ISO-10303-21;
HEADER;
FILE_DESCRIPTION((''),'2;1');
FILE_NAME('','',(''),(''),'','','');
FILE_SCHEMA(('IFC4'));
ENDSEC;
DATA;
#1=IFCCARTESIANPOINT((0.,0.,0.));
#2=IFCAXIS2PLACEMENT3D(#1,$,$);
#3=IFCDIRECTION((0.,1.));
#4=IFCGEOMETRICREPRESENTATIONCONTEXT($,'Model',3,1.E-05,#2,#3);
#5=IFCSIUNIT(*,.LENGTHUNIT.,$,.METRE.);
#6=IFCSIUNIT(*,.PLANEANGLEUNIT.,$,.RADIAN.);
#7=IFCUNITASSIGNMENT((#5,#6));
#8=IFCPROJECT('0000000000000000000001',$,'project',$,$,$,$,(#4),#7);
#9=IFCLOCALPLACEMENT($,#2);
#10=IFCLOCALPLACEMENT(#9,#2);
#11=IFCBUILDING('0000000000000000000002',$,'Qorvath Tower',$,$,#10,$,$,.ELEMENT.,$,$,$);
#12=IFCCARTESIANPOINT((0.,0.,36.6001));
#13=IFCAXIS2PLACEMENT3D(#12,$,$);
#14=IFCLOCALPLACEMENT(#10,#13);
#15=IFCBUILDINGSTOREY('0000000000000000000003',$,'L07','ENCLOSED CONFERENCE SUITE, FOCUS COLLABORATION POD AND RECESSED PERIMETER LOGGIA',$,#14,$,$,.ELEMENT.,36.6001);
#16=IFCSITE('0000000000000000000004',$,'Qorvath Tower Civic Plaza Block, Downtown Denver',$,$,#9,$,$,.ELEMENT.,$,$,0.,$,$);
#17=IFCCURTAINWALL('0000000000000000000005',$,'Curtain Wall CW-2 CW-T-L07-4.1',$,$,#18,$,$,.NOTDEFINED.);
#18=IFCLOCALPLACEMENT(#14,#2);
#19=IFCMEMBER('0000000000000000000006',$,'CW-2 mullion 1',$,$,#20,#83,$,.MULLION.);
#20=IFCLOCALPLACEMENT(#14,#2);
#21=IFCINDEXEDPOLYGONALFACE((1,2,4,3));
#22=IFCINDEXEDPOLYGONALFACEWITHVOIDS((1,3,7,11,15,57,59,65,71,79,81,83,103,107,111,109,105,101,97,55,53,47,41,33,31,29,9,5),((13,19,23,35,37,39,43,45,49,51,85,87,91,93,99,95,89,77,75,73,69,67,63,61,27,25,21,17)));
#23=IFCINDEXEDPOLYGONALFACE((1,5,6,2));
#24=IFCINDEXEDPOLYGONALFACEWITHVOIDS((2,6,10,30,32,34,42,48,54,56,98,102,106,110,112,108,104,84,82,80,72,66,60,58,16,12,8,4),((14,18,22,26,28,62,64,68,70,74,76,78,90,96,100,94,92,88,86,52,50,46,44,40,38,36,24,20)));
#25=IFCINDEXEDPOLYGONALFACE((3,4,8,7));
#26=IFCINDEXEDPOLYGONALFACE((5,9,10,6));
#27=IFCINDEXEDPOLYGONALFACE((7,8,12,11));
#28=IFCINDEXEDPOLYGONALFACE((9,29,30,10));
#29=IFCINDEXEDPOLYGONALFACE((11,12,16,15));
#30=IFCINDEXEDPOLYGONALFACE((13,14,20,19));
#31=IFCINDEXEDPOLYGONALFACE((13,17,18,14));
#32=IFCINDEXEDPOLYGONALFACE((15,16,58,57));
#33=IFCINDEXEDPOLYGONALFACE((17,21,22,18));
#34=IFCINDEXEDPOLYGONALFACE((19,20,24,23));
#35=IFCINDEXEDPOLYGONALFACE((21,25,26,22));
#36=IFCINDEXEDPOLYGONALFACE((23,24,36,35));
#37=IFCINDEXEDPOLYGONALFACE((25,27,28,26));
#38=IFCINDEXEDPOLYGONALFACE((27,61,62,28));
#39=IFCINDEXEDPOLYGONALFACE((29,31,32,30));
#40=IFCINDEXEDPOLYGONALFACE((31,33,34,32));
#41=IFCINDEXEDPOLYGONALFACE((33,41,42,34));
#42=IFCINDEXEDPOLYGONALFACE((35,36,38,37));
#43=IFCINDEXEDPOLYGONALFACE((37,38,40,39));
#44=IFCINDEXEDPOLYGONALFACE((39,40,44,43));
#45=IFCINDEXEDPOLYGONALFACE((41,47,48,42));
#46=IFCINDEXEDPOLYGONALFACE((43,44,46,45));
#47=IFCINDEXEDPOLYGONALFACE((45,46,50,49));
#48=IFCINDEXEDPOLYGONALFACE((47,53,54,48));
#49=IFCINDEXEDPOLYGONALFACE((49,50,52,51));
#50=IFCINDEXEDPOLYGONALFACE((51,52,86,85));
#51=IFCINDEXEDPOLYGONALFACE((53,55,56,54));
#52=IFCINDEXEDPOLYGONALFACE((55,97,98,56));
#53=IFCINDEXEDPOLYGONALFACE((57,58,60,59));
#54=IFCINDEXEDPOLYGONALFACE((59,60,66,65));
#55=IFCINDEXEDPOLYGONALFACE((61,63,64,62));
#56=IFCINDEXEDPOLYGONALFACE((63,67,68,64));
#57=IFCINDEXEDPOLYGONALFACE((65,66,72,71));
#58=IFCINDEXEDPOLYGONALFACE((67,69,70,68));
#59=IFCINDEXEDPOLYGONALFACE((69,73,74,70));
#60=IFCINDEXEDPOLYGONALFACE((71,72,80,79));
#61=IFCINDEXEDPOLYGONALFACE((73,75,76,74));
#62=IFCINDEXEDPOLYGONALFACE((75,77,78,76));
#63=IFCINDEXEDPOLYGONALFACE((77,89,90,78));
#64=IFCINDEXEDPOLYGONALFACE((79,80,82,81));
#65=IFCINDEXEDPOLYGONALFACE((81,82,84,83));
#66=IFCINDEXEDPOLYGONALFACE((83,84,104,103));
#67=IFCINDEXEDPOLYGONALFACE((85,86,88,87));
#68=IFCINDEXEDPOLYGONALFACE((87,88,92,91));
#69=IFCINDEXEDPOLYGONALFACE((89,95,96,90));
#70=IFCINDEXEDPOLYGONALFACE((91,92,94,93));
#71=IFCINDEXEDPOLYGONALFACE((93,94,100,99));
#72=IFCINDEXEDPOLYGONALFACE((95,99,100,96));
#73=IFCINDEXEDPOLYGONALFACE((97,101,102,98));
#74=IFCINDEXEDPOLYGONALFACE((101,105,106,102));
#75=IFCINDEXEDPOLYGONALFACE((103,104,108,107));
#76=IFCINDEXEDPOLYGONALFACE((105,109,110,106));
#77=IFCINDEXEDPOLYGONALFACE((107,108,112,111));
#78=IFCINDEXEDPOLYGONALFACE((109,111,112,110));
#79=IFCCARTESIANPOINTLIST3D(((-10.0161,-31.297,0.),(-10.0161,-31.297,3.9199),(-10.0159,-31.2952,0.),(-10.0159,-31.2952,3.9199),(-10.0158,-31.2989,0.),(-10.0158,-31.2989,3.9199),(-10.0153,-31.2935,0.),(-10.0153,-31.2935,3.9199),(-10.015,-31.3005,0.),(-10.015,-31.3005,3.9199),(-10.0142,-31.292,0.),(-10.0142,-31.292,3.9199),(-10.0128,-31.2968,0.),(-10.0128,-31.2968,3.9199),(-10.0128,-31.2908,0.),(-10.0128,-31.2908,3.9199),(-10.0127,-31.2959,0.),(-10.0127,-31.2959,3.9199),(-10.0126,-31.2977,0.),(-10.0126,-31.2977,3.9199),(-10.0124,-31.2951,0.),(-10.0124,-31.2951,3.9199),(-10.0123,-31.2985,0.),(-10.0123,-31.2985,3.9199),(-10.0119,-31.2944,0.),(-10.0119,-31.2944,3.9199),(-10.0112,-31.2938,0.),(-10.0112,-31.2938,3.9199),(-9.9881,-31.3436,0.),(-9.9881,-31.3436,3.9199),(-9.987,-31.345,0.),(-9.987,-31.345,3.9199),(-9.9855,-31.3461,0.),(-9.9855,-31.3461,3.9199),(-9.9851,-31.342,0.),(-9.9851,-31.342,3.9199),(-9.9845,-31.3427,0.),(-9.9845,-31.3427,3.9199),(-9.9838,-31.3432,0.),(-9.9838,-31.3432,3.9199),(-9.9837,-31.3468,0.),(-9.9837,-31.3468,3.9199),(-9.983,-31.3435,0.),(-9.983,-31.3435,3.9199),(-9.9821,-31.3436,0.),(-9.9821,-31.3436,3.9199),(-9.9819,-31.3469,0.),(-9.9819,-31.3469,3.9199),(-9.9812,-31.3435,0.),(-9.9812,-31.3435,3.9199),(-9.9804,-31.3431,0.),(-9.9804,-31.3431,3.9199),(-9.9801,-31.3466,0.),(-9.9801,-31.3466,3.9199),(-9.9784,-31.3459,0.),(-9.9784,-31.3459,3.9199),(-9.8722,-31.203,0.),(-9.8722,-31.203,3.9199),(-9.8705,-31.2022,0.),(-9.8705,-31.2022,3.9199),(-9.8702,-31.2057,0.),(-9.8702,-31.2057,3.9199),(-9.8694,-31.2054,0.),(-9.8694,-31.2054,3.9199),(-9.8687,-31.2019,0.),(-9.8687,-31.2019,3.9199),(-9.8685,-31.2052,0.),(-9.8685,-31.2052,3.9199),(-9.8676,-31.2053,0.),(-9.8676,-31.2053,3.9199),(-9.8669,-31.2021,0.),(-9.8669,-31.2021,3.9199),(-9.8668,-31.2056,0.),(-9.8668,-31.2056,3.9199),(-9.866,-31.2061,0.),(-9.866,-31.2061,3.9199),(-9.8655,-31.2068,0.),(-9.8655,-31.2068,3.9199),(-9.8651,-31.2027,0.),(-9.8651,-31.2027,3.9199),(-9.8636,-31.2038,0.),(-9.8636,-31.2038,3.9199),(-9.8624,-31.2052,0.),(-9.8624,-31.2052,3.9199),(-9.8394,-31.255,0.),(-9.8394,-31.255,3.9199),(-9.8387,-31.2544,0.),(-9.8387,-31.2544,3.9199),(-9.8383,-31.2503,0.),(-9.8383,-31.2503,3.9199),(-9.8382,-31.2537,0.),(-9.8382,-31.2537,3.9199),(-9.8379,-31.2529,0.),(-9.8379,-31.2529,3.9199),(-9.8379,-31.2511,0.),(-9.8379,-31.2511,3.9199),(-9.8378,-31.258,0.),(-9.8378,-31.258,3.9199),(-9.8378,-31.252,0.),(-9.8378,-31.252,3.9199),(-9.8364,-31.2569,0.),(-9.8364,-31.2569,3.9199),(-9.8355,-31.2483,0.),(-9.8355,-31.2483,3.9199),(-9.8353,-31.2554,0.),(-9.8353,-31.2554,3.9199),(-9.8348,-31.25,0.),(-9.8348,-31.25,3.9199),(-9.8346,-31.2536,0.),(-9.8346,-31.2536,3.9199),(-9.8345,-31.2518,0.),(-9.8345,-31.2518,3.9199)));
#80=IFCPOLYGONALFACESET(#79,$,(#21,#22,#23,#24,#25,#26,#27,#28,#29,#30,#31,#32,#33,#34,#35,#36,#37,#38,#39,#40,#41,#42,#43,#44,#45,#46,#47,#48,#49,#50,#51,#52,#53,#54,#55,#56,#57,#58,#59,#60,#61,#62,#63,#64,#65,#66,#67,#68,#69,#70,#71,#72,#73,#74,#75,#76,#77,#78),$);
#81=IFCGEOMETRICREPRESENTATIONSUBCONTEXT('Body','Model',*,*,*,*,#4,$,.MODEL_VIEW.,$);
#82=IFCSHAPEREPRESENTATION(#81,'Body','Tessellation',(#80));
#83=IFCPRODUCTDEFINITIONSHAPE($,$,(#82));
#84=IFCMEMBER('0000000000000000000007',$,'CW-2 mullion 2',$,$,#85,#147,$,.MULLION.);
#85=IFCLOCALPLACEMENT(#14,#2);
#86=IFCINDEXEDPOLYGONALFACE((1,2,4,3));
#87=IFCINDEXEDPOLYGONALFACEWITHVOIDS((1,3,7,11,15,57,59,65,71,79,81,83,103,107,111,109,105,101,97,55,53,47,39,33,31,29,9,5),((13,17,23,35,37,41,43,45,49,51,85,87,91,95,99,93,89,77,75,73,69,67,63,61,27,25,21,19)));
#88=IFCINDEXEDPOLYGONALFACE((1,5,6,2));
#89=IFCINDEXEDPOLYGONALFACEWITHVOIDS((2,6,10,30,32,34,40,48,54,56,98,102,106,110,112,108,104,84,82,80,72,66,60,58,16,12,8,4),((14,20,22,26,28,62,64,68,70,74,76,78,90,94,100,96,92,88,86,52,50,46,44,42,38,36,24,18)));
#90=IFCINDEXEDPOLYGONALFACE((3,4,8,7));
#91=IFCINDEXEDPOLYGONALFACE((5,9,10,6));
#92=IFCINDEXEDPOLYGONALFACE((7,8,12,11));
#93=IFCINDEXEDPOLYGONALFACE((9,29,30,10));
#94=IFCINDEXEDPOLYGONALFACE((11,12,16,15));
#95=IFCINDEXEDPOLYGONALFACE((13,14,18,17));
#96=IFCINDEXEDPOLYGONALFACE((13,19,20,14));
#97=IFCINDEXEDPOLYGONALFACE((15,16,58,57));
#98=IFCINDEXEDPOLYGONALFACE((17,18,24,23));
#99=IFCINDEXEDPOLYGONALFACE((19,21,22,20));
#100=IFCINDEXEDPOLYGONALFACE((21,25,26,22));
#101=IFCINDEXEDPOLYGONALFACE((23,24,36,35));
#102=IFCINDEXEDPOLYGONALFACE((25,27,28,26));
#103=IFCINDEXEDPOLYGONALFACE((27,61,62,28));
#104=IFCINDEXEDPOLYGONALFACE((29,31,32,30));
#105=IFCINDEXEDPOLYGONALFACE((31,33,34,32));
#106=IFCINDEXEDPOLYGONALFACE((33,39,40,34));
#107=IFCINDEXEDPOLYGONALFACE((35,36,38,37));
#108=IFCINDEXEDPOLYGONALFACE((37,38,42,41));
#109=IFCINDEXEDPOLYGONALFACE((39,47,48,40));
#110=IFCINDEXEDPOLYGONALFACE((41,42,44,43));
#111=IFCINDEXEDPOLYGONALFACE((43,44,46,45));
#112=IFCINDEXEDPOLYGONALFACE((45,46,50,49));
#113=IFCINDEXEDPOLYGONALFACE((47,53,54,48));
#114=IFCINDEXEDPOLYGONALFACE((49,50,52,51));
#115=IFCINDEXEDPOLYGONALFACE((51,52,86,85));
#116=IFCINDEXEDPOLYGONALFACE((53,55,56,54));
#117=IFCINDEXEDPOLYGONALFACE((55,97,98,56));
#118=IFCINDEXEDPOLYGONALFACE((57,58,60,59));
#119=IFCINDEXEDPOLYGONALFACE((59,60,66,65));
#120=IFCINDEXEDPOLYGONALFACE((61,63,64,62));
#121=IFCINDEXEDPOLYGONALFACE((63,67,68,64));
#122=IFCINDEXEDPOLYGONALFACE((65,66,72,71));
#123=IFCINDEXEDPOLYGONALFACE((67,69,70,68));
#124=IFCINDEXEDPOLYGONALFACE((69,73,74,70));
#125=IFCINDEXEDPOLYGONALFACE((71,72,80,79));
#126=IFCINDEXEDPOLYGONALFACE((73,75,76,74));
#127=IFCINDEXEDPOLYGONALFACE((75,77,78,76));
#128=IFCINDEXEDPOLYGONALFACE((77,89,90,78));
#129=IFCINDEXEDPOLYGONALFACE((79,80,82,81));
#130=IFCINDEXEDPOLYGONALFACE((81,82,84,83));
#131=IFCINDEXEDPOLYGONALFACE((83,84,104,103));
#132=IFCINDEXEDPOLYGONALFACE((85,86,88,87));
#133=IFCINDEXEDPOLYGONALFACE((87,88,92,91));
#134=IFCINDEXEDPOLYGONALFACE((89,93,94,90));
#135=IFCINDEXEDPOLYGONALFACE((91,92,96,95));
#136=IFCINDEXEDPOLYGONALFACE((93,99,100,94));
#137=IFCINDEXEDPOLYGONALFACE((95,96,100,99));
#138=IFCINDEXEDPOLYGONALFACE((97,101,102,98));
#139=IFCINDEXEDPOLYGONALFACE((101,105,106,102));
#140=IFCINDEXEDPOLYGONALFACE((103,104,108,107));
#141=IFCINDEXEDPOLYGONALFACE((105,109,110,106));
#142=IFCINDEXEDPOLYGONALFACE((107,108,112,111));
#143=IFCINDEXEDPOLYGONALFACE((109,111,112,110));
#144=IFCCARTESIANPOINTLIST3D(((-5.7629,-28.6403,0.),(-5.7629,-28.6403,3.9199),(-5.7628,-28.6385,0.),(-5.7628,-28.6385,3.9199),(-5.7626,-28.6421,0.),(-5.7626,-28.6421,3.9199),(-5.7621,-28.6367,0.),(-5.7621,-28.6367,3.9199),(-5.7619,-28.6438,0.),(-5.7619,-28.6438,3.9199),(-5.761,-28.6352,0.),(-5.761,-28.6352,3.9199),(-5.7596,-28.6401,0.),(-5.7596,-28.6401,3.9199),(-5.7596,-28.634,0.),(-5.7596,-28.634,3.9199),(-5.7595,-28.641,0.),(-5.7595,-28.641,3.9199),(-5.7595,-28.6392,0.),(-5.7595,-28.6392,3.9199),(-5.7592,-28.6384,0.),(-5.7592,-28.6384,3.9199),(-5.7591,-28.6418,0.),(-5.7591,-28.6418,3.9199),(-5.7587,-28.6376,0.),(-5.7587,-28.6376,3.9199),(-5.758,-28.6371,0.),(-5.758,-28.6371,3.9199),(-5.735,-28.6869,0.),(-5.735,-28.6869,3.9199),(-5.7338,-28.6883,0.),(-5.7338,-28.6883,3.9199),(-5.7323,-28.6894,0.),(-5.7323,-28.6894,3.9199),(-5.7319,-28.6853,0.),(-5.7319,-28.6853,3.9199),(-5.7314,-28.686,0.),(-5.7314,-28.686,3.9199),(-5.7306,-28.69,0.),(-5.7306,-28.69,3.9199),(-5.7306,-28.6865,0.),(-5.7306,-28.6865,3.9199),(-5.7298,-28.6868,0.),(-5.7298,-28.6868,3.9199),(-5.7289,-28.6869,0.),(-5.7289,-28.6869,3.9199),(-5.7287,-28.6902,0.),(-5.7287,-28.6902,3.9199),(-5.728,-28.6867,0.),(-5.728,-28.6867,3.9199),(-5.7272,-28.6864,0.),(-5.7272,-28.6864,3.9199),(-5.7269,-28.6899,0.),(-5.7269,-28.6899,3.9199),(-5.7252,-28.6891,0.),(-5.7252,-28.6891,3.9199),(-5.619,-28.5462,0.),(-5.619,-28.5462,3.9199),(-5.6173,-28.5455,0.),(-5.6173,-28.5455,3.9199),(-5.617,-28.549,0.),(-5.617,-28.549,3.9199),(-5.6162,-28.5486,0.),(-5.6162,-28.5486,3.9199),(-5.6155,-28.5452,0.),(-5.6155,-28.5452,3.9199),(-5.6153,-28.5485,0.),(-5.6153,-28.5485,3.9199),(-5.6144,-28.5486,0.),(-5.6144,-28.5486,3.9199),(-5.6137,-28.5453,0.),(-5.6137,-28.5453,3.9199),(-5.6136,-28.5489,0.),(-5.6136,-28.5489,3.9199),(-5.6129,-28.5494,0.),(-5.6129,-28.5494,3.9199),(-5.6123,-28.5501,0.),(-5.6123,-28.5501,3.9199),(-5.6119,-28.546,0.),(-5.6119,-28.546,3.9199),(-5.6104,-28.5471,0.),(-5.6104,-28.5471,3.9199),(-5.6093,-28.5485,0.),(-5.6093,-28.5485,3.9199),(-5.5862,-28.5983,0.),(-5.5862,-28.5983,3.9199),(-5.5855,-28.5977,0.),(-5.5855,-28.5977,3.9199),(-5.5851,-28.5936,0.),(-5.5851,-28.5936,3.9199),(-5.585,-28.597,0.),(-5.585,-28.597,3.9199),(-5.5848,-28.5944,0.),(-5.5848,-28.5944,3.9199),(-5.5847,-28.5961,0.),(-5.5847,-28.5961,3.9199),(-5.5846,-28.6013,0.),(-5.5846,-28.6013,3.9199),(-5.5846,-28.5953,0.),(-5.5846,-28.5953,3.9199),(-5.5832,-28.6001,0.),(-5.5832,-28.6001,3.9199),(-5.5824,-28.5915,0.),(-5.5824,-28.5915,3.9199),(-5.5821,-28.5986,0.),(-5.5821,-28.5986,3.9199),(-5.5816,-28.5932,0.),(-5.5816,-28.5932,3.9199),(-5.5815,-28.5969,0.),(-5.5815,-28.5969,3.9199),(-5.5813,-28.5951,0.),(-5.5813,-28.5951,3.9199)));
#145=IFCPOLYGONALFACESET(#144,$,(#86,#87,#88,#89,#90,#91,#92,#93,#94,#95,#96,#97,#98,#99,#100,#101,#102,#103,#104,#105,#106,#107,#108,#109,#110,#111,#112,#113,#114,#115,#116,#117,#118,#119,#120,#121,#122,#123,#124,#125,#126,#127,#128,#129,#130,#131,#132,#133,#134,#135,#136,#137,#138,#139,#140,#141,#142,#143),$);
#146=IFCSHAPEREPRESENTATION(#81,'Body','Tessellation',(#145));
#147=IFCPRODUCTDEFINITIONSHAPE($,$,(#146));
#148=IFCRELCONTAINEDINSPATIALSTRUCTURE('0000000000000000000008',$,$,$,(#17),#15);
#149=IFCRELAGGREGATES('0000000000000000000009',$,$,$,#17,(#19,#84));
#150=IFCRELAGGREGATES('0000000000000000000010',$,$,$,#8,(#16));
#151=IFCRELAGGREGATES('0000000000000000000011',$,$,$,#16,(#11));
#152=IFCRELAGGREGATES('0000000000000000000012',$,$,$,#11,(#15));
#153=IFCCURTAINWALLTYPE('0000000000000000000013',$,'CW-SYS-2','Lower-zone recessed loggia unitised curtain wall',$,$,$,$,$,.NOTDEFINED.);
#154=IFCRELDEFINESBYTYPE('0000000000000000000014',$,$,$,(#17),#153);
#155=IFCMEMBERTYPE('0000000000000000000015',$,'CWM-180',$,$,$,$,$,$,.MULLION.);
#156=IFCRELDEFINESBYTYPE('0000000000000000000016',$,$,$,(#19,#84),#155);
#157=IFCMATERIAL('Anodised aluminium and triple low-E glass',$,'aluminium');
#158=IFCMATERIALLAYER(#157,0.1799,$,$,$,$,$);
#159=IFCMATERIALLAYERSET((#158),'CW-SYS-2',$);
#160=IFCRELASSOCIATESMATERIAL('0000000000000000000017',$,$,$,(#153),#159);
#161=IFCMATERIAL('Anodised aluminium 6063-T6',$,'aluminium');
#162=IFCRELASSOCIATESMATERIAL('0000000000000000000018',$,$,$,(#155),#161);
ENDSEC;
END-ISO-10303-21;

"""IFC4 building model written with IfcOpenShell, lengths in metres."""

from ifc_helpers import new_model, si_unit, direction, frame, origin, origin_2d, place, context, subcontext, project, spatial, hollow_rectangle, extrude, material, layer, layer_set, material_profile, profile_set, type_object, element, aggregate, save


model = new_model("IFC4")

# Units and contexts
model_context = context("Model", 3, precision=1e-05, world=origin(), true_north=direction((0.0, 1.0)))
body_context = subcontext(model_context, "Body", "Model", "MODEL_VIEW")
ifc_project = project(units=[si_unit("LENGTHUNIT", "METRE"), si_unit("PLANEANGLEUNIT", "RADIAN")], contexts=[model_context])

# Site, building, storey
site_placement = place(None, origin())
site = spatial("IfcSite", under=ifc_project, at=site_placement, Name="Qorvath Tower Civic Plaza Block, Downtown Denver", CompositionType="ELEMENT", RefElevation=0.0)
building_placement = place(site_placement, origin())
building = spatial("IfcBuilding", under=site, at=building_placement, Name="Qorvath Tower", CompositionType="ELEMENT")
storey_placement = place(building_placement, frame((0.0, 0.0, 36.6001)))
storey = spatial("IfcBuildingStorey", under=building, at=storey_placement, Name="L07", Description="ENCLOSED CONFERENCE SUITE, FOCUS COLLABORATION POD AND RECESSED PERIMETER LOGGIA", CompositionType="ELEMENT", Elevation=36.6001)

# Curtain wall, members
ifc_material_1 = material(Name="Anodised aluminium and triple low-E glass", Category="aluminium")
ifc_layer_1 = layer(ifc_material_1, 0.1799)
ifc_layer_set_1 = layer_set([ifc_layer_1], Name="CW-SYS-2")
curtain_wall_type = type_object("IfcCurtainWallType", Name="CW-SYS-2", Description="Lower-zone recessed loggia unitised curtain wall", PredefinedType="NOTDEFINED", material=ifc_layer_set_1)
curtain_wall_1_placement = place(storey_placement, origin())
curtain_wall_1 = element("IfcCurtainWall", 1, at=curtain_wall_1_placement, inside=storey, type_object=curtain_wall_type, Name="Curtain Wall CW-2 CW-T-L07-4.1", PredefinedType="NOTDEFINED")
ifc_material_2 = material(Name="Anodised aluminium 6063-T6", Category="aluminium")
ifc_material_profile_1 = material_profile(ifc_material_2, hollow_rectangle(XDim=0.0649, YDim=0.1799, WallThickness=0.0034, InnerFilletRadius=0.0034, OuterFilletRadius=0.0071, at=origin_2d()), Name="CWM 180x65")
ifc_profile_set_1 = profile_set([ifc_material_profile_1], Name="Anodised aluminium 6063-T6")
member_type_1 = type_object("IfcMemberType", Name="CWM-180", PredefinedType="MULLION", material=ifc_profile_set_1)
member_1_placement = place(storey_placement, frame((-9.9253, -31.2744, 0.0), z_axis=(0.0, 0.0, 1.0), x_axis=(-0.529769, 0.848142, 0.0)))
member_1 = element("IfcMember", 2, at=member_1_placement, type_object=member_type_1, Name="CW-2 mullion 1", PredefinedType="MULLION", context=body_context, shape_type="SweptSolid", body=[
    extrude(hollow_rectangle(XDim=0.0649, YDim=0.1799, WallThickness=0.0034, InnerFilletRadius=0.0034, OuterFilletRadius=0.0071, at=origin_2d()), origin(), (0.0, 0.0, 1.0), 3.9199),
])
member_2_placement = place(storey_placement, frame((-5.6721, -28.6177, 0.0), z_axis=(0.0, 0.0, 1.0), x_axis=(-0.529769, 0.848142, 0.0)))
member_2 = element("IfcMember", 3, at=member_2_placement, type_object=member_type_1, Name="CW-2 mullion 2", PredefinedType="MULLION", context=body_context, shape_type="SweptSolid", body=[
    extrude(hollow_rectangle(XDim=0.0649, YDim=0.1799, WallThickness=0.0034, InnerFilletRadius=0.0034, OuterFilletRadius=0.0071, at=origin_2d()), origin(), (0.0, 0.0, 1.0), 3.9199),
])

aggregate(curtain_wall_1, [member_1, member_2])

save(model, "model.ifc")
